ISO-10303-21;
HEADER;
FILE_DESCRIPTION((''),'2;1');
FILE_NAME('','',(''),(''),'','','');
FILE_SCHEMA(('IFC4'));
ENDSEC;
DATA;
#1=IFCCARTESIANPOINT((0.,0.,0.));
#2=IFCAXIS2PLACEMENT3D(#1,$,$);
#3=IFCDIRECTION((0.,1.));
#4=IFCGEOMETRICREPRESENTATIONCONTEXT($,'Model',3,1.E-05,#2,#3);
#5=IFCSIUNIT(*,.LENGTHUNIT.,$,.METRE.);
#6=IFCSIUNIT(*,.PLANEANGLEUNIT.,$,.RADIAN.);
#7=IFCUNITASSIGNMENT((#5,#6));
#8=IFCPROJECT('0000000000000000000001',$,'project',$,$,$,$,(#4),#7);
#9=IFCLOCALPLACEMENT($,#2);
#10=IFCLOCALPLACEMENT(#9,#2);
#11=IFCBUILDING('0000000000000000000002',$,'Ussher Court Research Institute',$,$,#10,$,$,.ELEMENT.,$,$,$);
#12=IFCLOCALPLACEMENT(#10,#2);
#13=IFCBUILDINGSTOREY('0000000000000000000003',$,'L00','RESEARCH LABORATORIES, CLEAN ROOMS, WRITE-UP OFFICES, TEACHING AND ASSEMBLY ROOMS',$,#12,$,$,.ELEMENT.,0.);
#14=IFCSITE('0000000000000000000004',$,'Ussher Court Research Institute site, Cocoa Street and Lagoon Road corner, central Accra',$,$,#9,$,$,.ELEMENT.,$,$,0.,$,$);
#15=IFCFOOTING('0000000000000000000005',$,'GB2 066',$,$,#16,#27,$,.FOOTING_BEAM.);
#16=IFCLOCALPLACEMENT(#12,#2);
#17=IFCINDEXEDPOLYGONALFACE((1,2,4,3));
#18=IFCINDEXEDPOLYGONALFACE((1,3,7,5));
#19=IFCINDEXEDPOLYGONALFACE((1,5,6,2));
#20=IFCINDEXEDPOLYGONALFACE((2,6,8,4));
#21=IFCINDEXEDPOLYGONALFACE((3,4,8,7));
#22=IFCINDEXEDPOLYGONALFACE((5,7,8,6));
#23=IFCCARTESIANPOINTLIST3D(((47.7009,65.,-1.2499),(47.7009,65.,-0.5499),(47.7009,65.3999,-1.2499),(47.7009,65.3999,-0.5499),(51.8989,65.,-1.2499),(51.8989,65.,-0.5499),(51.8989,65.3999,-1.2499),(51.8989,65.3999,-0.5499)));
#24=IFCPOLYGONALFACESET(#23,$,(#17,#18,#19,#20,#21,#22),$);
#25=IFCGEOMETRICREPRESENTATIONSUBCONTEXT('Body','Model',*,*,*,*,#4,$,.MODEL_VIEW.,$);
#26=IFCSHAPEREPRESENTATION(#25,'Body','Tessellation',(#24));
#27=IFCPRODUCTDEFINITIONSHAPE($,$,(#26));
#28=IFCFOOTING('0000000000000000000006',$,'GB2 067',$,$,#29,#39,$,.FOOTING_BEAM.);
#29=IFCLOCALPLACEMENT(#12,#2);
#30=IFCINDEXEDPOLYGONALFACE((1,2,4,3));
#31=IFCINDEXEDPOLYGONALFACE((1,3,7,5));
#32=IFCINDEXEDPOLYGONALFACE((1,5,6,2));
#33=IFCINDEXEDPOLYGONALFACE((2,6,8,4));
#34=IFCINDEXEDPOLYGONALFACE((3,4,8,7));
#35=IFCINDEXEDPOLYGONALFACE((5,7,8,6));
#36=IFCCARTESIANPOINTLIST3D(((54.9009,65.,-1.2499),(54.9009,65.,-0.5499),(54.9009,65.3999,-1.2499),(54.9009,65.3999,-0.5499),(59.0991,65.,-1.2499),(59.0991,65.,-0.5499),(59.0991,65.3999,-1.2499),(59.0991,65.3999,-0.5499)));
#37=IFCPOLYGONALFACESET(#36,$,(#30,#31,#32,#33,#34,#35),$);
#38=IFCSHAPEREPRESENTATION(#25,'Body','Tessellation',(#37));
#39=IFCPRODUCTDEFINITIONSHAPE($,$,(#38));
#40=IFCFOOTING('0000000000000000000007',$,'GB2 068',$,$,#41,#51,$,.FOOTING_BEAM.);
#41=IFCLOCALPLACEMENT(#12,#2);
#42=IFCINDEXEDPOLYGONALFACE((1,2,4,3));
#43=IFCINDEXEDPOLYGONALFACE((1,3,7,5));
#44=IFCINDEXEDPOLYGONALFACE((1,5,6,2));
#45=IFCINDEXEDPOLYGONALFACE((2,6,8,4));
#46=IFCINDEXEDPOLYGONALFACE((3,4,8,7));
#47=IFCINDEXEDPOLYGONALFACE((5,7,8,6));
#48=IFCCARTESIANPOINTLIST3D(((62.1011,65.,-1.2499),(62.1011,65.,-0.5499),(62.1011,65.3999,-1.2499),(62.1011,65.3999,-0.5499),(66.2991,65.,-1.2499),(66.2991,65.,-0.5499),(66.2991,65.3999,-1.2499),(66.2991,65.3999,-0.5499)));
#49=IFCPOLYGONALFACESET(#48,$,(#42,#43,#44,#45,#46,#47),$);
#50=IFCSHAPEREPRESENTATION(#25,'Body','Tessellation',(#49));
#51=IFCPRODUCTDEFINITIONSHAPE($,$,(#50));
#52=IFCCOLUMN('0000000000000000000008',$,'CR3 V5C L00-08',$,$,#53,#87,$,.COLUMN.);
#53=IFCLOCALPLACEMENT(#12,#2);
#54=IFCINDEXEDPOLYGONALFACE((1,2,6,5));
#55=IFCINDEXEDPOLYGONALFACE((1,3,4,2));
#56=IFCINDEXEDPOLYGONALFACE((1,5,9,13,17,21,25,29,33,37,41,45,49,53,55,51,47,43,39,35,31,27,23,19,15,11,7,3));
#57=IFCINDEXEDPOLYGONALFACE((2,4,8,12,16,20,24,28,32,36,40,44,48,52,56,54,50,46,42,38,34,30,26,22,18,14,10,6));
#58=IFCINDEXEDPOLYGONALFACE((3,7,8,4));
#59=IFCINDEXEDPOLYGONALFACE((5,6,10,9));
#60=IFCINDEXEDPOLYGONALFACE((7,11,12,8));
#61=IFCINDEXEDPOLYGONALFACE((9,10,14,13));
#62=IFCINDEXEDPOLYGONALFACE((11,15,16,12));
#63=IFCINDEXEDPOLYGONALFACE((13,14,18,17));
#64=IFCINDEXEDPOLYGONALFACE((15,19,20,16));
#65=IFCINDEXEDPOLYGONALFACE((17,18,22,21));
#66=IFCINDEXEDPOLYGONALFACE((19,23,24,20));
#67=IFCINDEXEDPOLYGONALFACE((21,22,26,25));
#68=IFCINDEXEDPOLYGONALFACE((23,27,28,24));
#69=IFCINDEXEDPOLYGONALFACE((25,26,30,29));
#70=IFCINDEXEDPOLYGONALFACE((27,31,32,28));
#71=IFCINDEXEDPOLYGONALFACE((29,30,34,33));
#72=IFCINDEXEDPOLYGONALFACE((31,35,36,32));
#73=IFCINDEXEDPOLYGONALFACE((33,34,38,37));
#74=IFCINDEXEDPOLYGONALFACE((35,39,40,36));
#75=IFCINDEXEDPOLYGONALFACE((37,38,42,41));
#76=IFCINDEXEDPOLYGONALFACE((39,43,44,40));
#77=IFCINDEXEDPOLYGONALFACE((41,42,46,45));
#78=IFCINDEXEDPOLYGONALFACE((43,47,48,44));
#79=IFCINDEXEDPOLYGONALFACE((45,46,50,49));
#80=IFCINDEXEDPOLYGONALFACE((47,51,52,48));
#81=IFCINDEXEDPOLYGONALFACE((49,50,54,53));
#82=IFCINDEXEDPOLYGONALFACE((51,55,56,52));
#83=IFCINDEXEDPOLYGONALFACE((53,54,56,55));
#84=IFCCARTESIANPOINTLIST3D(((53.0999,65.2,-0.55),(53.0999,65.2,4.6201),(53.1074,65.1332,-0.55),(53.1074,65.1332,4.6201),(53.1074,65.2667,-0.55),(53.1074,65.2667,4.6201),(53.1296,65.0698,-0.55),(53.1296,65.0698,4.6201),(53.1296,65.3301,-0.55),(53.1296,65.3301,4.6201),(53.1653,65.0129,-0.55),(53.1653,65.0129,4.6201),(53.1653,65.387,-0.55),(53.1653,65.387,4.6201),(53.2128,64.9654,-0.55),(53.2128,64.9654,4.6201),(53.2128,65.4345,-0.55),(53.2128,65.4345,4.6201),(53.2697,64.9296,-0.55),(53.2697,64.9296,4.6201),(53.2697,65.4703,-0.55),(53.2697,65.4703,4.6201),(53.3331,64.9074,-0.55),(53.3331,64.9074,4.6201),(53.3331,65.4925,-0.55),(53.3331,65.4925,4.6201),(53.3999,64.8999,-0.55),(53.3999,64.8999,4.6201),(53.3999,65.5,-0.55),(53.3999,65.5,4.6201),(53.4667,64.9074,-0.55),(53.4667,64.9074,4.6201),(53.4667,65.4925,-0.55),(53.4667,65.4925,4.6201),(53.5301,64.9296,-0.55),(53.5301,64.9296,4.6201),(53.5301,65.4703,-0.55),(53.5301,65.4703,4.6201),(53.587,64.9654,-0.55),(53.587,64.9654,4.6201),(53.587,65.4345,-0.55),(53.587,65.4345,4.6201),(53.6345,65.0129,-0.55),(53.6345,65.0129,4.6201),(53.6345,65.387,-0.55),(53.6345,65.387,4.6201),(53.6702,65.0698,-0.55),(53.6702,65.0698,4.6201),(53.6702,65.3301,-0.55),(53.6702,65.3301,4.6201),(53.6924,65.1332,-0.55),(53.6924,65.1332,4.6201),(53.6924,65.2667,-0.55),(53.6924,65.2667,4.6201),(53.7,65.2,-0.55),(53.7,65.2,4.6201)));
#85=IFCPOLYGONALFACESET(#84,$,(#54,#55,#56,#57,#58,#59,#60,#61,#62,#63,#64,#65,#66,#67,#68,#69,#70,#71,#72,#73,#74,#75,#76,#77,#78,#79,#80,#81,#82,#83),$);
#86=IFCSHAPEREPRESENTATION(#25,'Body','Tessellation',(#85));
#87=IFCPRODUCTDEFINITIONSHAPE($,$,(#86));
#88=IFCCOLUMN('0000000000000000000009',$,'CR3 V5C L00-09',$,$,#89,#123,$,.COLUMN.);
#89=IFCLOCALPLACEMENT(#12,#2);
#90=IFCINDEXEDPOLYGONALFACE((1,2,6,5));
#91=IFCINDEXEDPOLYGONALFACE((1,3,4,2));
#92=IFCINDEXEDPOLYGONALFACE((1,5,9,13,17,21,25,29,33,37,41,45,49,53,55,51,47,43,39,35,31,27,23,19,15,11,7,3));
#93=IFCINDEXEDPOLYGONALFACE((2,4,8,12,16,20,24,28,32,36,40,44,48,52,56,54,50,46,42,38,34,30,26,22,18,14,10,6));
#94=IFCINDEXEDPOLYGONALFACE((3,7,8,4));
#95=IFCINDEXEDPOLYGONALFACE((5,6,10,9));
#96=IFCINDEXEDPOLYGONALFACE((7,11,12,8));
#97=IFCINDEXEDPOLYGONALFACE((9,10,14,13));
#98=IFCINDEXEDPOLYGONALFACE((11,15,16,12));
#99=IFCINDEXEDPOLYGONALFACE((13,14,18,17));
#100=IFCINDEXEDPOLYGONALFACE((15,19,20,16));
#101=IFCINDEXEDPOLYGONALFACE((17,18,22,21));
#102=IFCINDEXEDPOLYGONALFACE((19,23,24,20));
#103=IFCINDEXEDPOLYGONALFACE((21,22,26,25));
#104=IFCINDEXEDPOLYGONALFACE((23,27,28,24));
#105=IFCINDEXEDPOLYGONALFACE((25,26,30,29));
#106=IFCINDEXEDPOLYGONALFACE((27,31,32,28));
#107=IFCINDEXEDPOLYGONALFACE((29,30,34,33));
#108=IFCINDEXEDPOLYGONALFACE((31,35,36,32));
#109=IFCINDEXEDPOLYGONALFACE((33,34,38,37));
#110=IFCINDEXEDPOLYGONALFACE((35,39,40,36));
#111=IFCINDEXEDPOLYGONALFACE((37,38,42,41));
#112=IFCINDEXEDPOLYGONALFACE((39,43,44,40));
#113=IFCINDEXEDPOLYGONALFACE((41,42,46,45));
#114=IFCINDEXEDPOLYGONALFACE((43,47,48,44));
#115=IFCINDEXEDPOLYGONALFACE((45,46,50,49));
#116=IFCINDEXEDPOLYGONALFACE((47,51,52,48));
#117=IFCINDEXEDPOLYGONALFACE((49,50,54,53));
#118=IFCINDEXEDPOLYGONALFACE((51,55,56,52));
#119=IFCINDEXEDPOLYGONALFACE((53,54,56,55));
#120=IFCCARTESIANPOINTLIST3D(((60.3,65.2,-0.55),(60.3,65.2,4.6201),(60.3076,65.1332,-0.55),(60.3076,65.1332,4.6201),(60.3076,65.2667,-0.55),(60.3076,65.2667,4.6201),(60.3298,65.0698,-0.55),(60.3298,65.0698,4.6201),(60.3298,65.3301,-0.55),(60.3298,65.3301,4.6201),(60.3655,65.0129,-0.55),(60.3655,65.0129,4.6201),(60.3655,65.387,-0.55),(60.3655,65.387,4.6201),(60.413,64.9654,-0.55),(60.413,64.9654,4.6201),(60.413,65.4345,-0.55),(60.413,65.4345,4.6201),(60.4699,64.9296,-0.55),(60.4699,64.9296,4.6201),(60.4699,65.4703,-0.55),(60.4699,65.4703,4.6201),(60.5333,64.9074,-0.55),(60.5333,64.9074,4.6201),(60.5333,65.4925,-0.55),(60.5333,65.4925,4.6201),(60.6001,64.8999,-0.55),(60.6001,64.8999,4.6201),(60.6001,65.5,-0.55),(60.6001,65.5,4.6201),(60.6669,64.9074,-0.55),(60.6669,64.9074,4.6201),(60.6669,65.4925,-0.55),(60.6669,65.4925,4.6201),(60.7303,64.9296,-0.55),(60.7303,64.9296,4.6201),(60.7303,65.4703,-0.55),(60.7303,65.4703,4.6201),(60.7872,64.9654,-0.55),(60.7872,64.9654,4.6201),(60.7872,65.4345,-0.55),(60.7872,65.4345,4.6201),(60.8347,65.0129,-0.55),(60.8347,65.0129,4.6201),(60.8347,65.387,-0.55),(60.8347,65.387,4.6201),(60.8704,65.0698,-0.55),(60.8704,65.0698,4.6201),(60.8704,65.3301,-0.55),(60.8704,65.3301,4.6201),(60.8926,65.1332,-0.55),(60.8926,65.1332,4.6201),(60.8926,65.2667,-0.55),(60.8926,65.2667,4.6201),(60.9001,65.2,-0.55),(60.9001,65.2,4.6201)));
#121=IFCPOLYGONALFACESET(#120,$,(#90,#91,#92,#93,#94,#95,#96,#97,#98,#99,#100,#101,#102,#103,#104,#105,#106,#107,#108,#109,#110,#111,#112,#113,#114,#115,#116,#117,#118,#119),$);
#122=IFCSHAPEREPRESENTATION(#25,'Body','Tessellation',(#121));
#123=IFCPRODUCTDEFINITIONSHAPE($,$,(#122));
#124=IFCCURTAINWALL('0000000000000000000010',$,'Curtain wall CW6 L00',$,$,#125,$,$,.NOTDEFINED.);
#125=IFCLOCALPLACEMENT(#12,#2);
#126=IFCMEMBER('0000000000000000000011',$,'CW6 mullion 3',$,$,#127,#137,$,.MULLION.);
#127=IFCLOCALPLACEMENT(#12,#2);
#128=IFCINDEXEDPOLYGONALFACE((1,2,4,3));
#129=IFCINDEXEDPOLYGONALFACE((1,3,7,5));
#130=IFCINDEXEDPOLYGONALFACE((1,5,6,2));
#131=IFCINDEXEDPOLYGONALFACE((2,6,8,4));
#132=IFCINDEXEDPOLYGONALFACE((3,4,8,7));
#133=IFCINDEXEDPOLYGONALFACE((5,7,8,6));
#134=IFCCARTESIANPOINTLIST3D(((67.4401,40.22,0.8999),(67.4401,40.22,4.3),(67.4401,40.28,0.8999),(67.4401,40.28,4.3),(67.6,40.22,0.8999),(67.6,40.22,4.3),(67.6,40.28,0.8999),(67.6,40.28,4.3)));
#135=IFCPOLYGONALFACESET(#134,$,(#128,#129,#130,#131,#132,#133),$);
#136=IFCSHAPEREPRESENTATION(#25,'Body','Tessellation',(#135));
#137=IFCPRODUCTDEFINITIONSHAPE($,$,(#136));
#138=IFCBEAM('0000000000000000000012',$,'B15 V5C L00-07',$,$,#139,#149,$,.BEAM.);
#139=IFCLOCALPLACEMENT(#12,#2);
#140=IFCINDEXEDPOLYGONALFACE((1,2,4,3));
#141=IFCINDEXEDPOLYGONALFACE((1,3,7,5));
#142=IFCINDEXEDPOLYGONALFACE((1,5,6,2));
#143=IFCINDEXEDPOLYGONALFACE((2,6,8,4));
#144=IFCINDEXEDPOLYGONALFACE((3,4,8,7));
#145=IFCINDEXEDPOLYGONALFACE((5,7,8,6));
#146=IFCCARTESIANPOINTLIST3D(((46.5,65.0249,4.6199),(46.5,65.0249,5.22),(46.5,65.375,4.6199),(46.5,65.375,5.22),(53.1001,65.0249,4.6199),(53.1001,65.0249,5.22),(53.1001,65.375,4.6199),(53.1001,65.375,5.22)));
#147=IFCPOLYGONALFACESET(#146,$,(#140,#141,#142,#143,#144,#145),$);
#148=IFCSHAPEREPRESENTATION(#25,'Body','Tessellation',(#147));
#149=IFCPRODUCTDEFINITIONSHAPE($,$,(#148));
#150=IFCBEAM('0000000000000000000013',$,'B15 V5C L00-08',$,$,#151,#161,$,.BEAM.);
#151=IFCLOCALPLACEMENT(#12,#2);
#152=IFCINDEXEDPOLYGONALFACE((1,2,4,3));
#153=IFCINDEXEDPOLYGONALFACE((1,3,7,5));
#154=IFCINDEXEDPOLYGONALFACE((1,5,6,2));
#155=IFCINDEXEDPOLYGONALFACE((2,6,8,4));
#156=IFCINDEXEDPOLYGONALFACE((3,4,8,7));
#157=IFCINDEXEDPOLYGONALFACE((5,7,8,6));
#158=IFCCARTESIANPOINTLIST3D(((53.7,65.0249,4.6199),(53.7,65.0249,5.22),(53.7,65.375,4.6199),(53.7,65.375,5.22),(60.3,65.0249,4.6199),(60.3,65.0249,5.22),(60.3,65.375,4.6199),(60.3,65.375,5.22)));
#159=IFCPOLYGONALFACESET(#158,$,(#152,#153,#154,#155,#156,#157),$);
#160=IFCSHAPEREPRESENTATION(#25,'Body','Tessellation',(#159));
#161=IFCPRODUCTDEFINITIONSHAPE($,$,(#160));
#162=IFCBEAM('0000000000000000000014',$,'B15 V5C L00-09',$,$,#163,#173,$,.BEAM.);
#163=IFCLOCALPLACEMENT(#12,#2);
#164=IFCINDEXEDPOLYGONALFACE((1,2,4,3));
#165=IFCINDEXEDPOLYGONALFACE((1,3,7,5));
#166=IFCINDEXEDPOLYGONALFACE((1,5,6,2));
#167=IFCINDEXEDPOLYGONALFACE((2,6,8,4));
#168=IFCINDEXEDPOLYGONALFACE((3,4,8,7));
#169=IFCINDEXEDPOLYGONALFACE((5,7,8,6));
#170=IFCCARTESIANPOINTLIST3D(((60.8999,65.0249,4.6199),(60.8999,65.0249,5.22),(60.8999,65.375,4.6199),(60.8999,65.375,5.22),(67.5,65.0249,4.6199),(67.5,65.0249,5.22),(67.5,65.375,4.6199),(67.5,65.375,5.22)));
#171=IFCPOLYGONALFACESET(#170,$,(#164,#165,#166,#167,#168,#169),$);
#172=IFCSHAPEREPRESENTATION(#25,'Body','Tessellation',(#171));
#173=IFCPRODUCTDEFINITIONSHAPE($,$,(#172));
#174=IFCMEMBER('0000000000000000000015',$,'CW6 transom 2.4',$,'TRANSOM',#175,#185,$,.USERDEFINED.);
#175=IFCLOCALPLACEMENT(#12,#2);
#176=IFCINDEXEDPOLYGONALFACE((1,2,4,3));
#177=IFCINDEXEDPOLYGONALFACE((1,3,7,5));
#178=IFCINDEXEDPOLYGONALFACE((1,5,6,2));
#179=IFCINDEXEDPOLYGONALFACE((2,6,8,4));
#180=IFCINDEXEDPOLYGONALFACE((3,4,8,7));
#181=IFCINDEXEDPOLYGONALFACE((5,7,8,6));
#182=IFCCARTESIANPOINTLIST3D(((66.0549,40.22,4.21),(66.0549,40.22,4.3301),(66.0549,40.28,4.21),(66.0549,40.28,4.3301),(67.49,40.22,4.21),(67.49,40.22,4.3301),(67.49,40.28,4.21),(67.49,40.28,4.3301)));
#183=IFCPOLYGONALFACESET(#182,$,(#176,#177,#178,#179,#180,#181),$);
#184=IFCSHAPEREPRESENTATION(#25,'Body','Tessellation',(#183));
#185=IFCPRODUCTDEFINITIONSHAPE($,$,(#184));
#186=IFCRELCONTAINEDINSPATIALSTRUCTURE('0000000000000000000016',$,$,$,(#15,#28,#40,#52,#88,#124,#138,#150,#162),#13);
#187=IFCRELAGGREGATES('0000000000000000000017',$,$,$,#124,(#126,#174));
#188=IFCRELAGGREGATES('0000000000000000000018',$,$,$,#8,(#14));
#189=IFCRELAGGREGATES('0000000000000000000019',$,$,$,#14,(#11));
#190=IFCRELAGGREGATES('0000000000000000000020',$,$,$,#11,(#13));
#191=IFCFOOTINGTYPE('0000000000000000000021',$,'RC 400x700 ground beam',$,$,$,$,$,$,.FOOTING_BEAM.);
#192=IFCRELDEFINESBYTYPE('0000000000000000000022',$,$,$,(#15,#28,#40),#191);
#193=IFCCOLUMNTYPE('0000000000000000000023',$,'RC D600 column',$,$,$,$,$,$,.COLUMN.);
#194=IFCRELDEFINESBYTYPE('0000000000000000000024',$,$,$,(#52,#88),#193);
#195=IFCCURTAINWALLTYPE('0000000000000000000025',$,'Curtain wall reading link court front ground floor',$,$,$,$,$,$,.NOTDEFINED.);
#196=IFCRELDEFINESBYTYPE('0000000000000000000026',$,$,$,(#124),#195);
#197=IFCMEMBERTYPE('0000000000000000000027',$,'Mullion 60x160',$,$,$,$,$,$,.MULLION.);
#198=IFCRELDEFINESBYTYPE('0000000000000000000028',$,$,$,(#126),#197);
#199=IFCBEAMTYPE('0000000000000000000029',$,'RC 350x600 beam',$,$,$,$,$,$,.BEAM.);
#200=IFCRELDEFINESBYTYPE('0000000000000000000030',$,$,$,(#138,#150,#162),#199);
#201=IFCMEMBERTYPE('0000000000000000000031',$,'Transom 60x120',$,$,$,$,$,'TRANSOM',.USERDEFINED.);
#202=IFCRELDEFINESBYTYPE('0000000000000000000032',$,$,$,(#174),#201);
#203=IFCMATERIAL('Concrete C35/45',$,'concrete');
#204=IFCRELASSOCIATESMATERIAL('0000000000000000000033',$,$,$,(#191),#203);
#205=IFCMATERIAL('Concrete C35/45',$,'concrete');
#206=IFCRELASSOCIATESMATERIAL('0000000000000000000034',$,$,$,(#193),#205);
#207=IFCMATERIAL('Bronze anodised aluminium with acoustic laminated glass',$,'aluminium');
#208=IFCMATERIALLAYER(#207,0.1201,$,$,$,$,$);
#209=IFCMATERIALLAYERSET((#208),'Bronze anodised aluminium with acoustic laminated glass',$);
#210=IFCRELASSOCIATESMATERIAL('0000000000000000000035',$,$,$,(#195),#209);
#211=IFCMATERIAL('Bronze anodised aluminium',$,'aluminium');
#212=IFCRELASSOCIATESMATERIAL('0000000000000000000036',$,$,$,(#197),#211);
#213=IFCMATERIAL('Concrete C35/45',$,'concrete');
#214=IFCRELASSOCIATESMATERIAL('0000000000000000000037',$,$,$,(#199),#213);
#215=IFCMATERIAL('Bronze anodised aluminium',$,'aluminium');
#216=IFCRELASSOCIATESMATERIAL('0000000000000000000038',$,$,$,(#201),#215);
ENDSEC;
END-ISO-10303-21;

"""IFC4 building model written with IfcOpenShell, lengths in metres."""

from ifc_helpers import new_model, si_unit, direction, frame, origin, origin_2d, place, context, subcontext, project, spatial, rectangle, circle, extrude, material, layer, layer_set, material_profile, profile_set, type_object, element, aggregate, save


model = new_model("IFC4")

# Units and contexts
model_context = context("Model", 3, precision=1e-05, world=origin(), true_north=direction((0.0, 1.0)))
body_context = subcontext(model_context, "Body", "Model", "MODEL_VIEW")
ifc_project = project(units=[si_unit("LENGTHUNIT", "METRE"), si_unit("PLANEANGLEUNIT", "RADIAN")], contexts=[model_context])

# Site, building, storey
site_placement = place(None, origin())
site = spatial("IfcSite", under=ifc_project, at=site_placement, Name="Ussher Court Research Institute site, Cocoa Street and Lagoon Road corner, central Accra", CompositionType="ELEMENT", RefElevation=0.0)
building_placement = place(site_placement, origin())
building = spatial("IfcBuilding", under=site, at=building_placement, Name="Ussher Court Research Institute", CompositionType="ELEMENT")
storey_placement = place(building_placement, origin())
storey = spatial("IfcBuildingStorey", under=building, at=storey_placement, Name="L00", Description="RESEARCH LABORATORIES, CLEAN ROOMS, WRITE-UP OFFICES, TEACHING AND ASSEMBLY ROOMS", CompositionType="ELEMENT", Elevation=0.0)

# Footings
ifc_material_1 = material(Name="Concrete C35/45", Category="concrete")
ifc_material_profile_1 = material_profile(ifc_material_1, rectangle(XDim=0.3999, YDim=0.7, at=origin_2d()), Name="RC 400x700")
ifc_profile_set_1 = profile_set([ifc_material_profile_1], Name="Concrete C35/45")
footing_type = type_object("IfcFootingType", Name="RC 400x700 ground beam", PredefinedType="FOOTING_BEAM", material=ifc_profile_set_1)
footing_1_placement = place(storey_placement, frame((47.7009, 65.2, -0.8999), z_axis=(1.0, 0.0, 0.0), x_axis=(0.0, 1.0, 0.0)))
element("IfcFooting", 1, at=footing_1_placement, inside=storey, type_object=footing_type, Name="GB2 066", PredefinedType="FOOTING_BEAM", context=body_context, shape_type="SweptSolid", body=[
    extrude(rectangle(XDim=0.3999, YDim=0.7, at=origin_2d()), origin(), (0.0, 0.0, 1.0), 4.198),
])
footing_2_placement = place(storey_placement, frame((54.9009, 65.2, -0.8999), z_axis=(1.0, 0.0, 0.0), x_axis=(0.0, 1.0, 0.0)))
element("IfcFooting", 2, at=footing_2_placement, inside=storey, type_object=footing_type, Name="GB2 067", PredefinedType="FOOTING_BEAM", context=body_context, shape_type="SweptSolid", body=[
    extrude(rectangle(XDim=0.3999, YDim=0.7, at=origin_2d()), origin(), (0.0, 0.0, 1.0), 4.1982),
])
footing_3_placement = place(storey_placement, frame((62.1011, 65.2, -0.8999), z_axis=(1.0, 0.0, 0.0), x_axis=(0.0, 1.0, 0.0)))
element("IfcFooting", 3, at=footing_3_placement, inside=storey, type_object=footing_type, Name="GB2 068", PredefinedType="FOOTING_BEAM", context=body_context, shape_type="SweptSolid", body=[
    extrude(rectangle(XDim=0.3999, YDim=0.7, at=origin_2d()), origin(), (0.0, 0.0, 1.0), 4.198),
])

# Columns
ifc_material_2 = material(Name="Concrete C35/45", Category="concrete")
ifc_material_profile_2 = material_profile(ifc_material_2, circle(Radius=0.3, at=origin_2d()), Name="RC D600")
ifc_profile_set_2 = profile_set([ifc_material_profile_2], Name="Concrete C35/45")
column_type = type_object("IfcColumnType", Name="RC D600 column", PredefinedType="COLUMN", material=ifc_profile_set_2)
for number, where, z_axis, x_axis, name in (
    (4, (53.3999, 65.2, -0.55), (0.0, 0.0, 1.0), (1.0, 0.0, 0.0), "CR3 V5C L00-08"),
    (5, (60.6001, 65.2, -0.55), (0.0, 0.0, 1.0), (1.0, 0.0, 0.0), "CR3 V5C L00-09"),
):
    element("IfcColumn", number, at=place(storey_placement, frame(where, z_axis=z_axis, x_axis=x_axis)), inside=storey, type_object=column_type, Name=name, PredefinedType="COLUMN", context=body_context, shape_type="SweptSolid", body=[
        extrude(circle(Radius=0.3, at=origin_2d()), origin(), (0.0, 0.0, 1.0), 5.1702),
    ])

# Curtain wall, member
ifc_material_3 = material(Name="Bronze anodised aluminium with acoustic laminated glass", Category="aluminium")
ifc_layer_1 = layer(ifc_material_3, 0.1201)
ifc_layer_set_1 = layer_set([ifc_layer_1], Name="Bronze anodised aluminium with acoustic laminated glass")
curtain_wall_type = type_object("IfcCurtainWallType", Name="Curtain wall reading link court front ground floor", PredefinedType="NOTDEFINED", material=ifc_layer_set_1)
curtain_wall_placement = place(storey_placement, origin())
curtain_wall = element("IfcCurtainWall", 6, at=curtain_wall_placement, inside=storey, type_object=curtain_wall_type, Name="Curtain wall CW6 L00", PredefinedType="NOTDEFINED")
ifc_material_4 = material(Name="Bronze anodised aluminium", Category="aluminium")
ifc_material_profile_3 = material_profile(ifc_material_4, rectangle(XDim=0.0601, YDim=0.1599, at=origin_2d()), Name="Mullion 60x160")
ifc_profile_set_3 = profile_set([ifc_material_profile_3], Name="Bronze anodised aluminium")
member_type_1 = type_object("IfcMemberType", Name="Mullion 60x160", PredefinedType="MULLION", material=ifc_profile_set_3)
member_1_placement = place(storey_placement, frame((67.52, 40.25, 0.8999), z_axis=(0.0, 0.0, 1.0), x_axis=(0.0, 1.0, 0.0)))
member_1 = element("IfcMember", 7, at=member_1_placement, type_object=member_type_1, Name="CW6 mullion 3", PredefinedType="MULLION", context=body_context, shape_type="SweptSolid", body=[
    extrude(rectangle(XDim=0.0601, YDim=0.1599, at=origin_2d()), origin(), (0.0, 0.0, 1.0), 3.4001),
])

# Beams
ifc_material_5 = material(Name="Concrete C35/45", Category="concrete")
ifc_material_profile_4 = material_profile(ifc_material_5, rectangle(XDim=0.3501, YDim=0.6001, at=origin_2d()), Name="RC 350x600")
ifc_profile_set_4 = profile_set([ifc_material_profile_4], Name="Concrete C35/45")
beam_type = type_object("IfcBeamType", Name="RC 350x600 beam", PredefinedType="BEAM", material=ifc_profile_set_4)
for number, where, z_axis, x_axis, name in (
    (8, (46.5, 65.2, 4.9199), (1.0, 0.0, 0.0), (0.0, 1.0, 0.0), "B15 V5C L00-07"),
    (9, (53.7, 65.2, 4.9199), (1.0, 0.0, 0.0), (0.0, 1.0, 0.0), "B15 V5C L00-08"),
    (10, (60.8999, 65.2, 4.9199), (1.0, 0.0, 0.0), (0.0, 1.0, 0.0), "B15 V5C L00-09"),
):
    element("IfcBeam", number, at=place(storey_placement, frame(where, z_axis=z_axis, x_axis=x_axis)), inside=storey, type_object=beam_type, Name=name, PredefinedType="BEAM", context=body_context, shape_type="SweptSolid", body=[
        extrude(rectangle(XDim=0.3501, YDim=0.6001, at=origin_2d()), origin(), (0.0, 0.0, 1.0), 6.6001),
    ])

# Member
ifc_material_6 = material(Name="Bronze anodised aluminium", Category="aluminium")
ifc_material_profile_5 = material_profile(ifc_material_6, rectangle(XDim=0.0601, YDim=0.1201, at=origin_2d()), Name="Transom 60x120")
ifc_profile_set_5 = profile_set([ifc_material_profile_5], Name="Bronze anodised aluminium")
member_type_2 = type_object("IfcMemberType", Name="Transom 60x120", ElementType="TRANSOM", PredefinedType="USERDEFINED", material=ifc_profile_set_5)
member_2_placement = place(storey_placement, frame((66.0549, 40.25, 4.27), z_axis=(1.0, 0.0, 0.0), x_axis=(0.0, 1.0, 0.0)))
member_2 = element("IfcMember", 11, at=member_2_placement, type_object=member_type_2, Name="CW6 transom 2.4", ObjectType="TRANSOM", PredefinedType="USERDEFINED", context=body_context, shape_type="SweptSolid", body=[
    extrude(rectangle(XDim=0.0601, YDim=0.1201, at=origin_2d()), origin(), (0.0, 0.0, 1.0), 1.4351),
])

aggregate(curtain_wall, [member_1, member_2])

save(model, "model.ifc")
